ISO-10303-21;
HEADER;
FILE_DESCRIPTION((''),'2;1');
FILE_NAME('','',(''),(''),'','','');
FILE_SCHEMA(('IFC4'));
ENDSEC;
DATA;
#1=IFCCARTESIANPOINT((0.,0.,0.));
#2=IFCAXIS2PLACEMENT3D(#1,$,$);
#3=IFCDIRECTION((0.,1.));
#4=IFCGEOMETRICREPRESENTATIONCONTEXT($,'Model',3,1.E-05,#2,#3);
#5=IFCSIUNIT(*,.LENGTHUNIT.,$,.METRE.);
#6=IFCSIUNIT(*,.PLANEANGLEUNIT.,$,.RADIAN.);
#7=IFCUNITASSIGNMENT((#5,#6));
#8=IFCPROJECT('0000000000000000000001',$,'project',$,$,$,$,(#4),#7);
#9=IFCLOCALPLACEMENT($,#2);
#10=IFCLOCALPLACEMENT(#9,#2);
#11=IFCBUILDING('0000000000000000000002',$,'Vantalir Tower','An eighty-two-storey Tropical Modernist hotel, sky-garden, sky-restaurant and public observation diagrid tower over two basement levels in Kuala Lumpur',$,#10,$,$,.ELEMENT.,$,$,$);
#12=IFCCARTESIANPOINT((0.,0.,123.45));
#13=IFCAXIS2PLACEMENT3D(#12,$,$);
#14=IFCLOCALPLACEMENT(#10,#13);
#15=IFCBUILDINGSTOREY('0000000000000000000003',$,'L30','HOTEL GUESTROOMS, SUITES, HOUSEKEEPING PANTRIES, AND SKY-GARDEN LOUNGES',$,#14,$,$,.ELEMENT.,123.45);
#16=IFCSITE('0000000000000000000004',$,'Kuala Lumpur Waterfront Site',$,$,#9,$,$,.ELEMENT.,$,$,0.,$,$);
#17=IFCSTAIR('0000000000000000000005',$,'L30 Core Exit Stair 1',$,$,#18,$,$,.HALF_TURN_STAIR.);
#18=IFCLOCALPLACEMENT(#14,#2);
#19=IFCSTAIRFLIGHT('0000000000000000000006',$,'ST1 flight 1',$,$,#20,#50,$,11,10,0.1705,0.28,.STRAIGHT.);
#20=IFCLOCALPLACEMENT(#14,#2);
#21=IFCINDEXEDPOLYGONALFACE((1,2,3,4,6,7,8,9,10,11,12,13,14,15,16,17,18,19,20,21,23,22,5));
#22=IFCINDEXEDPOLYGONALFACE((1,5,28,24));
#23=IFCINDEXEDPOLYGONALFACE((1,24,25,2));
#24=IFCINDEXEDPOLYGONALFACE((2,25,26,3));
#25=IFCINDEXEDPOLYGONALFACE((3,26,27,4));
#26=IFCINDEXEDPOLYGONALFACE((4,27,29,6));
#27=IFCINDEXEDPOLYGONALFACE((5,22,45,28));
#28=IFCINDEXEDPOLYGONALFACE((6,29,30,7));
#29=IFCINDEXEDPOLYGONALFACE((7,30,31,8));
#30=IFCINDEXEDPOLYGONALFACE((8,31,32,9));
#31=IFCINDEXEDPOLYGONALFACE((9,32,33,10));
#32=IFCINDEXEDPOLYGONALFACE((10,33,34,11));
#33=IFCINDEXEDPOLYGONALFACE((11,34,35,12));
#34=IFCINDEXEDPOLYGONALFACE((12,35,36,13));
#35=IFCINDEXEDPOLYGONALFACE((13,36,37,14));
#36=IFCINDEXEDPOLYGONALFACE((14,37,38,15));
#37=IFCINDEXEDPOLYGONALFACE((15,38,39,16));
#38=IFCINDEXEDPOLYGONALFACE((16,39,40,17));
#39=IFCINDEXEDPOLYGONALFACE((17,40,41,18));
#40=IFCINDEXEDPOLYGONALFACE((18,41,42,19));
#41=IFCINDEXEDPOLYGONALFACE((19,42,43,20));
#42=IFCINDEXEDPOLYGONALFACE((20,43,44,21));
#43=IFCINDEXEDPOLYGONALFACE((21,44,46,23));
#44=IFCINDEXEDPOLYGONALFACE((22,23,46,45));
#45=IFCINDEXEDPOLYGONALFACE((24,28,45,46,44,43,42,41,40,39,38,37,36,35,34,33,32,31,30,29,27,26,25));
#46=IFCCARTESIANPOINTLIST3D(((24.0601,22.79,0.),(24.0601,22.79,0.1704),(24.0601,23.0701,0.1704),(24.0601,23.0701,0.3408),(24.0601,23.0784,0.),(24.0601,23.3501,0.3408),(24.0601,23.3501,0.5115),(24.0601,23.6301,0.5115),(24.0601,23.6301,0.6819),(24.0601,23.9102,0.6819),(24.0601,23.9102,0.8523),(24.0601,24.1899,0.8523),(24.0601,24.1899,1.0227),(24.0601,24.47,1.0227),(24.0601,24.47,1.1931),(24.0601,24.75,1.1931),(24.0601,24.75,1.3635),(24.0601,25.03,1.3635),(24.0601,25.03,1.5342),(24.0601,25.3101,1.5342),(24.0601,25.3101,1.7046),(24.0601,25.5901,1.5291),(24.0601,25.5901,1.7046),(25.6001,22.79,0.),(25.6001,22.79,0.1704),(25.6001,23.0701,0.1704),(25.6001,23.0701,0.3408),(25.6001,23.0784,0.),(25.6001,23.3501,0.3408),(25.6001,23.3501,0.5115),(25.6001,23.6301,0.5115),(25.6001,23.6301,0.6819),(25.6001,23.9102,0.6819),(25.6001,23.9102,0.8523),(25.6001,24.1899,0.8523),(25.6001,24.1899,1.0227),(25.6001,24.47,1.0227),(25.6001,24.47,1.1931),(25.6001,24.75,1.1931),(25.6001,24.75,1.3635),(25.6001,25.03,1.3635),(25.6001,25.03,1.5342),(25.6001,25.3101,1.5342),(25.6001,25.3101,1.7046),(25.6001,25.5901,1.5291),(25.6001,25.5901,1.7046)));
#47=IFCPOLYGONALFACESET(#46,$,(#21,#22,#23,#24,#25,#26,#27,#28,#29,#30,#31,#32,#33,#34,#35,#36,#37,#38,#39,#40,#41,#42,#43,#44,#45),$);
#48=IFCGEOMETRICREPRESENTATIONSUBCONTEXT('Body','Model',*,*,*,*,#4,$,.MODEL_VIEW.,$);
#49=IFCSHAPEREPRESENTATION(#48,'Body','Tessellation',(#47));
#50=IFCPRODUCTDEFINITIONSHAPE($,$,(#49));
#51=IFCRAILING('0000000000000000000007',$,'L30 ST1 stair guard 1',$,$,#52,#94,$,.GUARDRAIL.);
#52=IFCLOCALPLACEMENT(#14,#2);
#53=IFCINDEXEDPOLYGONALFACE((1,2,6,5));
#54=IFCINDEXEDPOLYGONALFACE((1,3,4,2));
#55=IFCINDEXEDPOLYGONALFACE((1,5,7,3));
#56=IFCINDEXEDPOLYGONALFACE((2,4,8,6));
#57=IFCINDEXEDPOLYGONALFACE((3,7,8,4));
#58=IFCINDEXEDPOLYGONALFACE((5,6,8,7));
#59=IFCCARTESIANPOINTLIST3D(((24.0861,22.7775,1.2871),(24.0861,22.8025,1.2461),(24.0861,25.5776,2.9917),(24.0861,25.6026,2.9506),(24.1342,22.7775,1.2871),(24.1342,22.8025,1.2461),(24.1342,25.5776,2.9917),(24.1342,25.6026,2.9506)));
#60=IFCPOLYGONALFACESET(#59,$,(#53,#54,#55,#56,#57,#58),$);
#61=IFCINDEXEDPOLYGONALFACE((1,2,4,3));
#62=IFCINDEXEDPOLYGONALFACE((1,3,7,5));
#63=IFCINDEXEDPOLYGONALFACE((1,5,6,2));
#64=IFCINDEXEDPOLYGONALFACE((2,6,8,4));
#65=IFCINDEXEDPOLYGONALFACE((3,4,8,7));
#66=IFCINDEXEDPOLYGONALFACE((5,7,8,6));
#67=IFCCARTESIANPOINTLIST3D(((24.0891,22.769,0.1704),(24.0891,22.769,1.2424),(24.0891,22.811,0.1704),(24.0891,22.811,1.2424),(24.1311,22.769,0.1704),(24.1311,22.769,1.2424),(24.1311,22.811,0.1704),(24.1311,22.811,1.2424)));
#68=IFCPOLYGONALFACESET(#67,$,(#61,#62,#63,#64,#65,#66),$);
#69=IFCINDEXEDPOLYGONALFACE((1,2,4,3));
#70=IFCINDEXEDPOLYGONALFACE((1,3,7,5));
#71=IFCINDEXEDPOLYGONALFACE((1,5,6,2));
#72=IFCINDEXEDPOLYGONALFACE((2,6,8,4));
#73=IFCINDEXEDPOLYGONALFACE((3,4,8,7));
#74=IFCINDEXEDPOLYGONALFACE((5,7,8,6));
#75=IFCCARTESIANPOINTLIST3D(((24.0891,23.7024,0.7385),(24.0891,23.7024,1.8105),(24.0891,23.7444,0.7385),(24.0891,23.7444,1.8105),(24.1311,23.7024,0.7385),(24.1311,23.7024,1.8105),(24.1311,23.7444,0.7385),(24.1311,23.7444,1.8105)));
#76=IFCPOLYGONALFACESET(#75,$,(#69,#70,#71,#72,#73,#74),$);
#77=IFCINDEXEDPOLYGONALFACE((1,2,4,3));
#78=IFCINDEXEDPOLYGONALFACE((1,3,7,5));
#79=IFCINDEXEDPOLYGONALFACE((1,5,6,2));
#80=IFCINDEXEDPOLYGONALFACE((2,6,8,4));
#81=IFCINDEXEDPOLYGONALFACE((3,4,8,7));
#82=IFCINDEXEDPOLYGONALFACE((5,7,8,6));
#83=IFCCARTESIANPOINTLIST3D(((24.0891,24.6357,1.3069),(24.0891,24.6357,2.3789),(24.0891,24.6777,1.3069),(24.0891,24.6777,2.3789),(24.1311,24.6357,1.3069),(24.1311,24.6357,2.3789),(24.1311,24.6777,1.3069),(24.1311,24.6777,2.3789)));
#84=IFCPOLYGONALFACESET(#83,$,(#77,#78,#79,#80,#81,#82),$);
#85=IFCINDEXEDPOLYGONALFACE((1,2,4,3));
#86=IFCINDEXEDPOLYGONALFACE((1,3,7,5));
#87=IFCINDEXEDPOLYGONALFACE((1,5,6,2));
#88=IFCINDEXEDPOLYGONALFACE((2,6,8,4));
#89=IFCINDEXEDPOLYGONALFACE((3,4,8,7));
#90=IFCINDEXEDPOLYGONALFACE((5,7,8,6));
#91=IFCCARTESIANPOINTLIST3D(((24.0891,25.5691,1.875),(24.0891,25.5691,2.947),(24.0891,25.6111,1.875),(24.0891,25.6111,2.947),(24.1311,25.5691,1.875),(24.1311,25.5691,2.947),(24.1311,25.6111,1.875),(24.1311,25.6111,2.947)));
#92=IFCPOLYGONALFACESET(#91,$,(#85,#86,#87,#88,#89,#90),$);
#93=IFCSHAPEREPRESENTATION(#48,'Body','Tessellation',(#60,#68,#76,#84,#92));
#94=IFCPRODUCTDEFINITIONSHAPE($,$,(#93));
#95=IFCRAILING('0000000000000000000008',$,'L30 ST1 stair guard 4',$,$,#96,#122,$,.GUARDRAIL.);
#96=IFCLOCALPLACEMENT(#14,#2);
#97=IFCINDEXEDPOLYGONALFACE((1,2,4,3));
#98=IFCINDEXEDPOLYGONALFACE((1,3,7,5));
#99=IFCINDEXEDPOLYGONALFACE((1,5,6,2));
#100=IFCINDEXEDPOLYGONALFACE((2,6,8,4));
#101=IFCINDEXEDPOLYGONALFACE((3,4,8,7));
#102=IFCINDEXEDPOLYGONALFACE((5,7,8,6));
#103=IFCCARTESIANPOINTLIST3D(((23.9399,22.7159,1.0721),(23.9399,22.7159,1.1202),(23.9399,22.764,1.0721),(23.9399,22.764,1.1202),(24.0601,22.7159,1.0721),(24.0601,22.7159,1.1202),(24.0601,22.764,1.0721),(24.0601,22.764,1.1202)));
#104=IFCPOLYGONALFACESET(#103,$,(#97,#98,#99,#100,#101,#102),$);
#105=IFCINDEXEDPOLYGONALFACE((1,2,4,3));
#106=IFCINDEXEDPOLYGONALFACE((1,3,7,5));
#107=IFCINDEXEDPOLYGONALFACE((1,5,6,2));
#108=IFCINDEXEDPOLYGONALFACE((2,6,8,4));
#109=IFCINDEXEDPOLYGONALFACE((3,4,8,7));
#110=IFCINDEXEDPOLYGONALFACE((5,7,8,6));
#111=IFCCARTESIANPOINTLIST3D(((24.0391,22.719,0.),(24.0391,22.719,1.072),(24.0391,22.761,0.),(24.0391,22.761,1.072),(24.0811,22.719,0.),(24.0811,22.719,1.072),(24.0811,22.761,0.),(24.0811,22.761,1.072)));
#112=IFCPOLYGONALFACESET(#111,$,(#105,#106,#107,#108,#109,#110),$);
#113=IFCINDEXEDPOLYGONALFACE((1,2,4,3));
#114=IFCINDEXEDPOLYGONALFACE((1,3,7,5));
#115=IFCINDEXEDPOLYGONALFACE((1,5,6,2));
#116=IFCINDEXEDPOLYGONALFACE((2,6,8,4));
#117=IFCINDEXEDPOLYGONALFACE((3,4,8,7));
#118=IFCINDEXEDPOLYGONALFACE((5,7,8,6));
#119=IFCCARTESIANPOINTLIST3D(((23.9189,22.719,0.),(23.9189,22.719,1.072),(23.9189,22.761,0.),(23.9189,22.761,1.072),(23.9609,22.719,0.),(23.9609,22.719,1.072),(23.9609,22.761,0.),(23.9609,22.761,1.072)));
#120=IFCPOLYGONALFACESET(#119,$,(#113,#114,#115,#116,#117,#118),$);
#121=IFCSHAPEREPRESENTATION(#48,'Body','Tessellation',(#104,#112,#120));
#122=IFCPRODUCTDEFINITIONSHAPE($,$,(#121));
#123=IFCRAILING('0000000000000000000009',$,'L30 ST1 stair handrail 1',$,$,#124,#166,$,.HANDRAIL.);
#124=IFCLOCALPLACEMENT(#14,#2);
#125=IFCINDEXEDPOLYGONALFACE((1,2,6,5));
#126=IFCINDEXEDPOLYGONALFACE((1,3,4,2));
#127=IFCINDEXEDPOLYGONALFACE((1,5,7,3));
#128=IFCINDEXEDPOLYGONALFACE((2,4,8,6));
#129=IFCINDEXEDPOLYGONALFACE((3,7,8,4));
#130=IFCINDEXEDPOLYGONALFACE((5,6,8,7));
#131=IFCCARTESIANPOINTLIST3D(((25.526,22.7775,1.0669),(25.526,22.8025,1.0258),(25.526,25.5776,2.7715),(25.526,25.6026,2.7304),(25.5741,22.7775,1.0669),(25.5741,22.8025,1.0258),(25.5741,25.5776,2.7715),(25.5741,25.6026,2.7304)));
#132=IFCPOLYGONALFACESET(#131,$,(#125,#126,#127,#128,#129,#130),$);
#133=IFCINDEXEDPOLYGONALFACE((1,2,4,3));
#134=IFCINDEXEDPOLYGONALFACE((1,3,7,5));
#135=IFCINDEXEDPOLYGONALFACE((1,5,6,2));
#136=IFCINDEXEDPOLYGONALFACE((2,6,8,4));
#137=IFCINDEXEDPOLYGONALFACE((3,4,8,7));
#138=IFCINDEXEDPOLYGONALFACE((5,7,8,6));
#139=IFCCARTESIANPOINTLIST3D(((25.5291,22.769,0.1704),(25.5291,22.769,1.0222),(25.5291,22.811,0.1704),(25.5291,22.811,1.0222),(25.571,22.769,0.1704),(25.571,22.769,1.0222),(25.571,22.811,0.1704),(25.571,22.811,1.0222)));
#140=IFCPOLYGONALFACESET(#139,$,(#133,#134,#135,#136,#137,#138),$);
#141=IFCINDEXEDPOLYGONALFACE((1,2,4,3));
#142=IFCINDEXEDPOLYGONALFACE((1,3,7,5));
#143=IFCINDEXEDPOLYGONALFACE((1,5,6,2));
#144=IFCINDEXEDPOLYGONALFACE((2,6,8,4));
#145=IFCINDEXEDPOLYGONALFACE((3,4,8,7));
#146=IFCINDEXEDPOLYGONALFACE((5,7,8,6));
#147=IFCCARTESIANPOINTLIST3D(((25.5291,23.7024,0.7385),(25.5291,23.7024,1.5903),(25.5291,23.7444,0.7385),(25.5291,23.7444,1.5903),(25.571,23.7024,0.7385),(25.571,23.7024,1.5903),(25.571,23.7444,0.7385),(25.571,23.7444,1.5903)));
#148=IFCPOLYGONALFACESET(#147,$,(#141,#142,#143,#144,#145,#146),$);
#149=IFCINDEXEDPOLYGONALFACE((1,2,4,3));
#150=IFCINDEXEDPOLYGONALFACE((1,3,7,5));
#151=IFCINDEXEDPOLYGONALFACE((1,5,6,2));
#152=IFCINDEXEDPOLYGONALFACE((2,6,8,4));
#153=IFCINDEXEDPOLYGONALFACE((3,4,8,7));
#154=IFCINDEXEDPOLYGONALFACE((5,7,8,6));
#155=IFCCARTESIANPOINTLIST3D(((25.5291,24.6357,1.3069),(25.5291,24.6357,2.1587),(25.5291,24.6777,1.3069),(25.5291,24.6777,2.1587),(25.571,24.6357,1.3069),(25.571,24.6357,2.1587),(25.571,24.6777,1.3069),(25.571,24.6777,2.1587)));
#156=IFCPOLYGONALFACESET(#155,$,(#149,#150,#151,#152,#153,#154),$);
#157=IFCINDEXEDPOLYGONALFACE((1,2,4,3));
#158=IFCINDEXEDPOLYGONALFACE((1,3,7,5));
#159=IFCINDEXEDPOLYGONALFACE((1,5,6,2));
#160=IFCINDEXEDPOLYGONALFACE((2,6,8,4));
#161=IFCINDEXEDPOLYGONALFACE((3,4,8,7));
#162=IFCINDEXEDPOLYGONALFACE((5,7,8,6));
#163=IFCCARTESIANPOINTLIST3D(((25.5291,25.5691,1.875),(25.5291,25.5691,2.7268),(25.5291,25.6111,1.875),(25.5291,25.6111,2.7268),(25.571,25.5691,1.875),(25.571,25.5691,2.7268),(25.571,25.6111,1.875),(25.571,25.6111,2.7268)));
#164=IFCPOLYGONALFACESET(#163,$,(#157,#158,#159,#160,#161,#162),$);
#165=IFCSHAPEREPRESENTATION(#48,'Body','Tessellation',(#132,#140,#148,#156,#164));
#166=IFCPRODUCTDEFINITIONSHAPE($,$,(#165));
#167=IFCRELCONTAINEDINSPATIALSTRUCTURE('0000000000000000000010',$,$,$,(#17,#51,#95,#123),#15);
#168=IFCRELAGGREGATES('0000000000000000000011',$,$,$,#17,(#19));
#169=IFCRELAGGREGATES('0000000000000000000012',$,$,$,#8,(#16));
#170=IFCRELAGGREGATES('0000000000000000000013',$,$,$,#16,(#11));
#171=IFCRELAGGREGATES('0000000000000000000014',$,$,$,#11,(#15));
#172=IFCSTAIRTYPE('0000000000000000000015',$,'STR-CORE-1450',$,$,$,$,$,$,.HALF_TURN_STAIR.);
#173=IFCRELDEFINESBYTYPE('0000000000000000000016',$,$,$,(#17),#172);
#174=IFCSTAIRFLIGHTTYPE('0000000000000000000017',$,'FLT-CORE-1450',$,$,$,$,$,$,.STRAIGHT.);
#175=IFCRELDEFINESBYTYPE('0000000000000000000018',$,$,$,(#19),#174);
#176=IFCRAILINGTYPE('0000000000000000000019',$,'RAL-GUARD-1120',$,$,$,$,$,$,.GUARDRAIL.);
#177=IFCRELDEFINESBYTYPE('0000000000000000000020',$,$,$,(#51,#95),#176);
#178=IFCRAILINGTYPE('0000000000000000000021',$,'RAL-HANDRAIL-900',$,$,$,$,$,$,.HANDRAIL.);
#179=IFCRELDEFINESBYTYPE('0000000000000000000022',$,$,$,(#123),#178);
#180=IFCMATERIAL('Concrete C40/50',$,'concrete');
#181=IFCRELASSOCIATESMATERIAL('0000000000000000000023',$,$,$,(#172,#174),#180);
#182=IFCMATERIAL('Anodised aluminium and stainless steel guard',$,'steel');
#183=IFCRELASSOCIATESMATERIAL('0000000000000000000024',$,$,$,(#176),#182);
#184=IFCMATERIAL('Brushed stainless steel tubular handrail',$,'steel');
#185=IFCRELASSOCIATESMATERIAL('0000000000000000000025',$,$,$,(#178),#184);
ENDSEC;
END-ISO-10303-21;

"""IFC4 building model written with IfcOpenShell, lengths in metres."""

from ifc_helpers import new_model, si_unit, direction, frame, origin, origin_2d, place, context, subcontext, project, spatial, polyline, rectangle, outline, extrude, material, type_object, element, aggregate, save


model = new_model("IFC4")

# Units and contexts
model_context = context("Model", 3, precision=1e-05, world=origin(), true_north=direction((0.0, 1.0)))
body_context = subcontext(model_context, "Body", "Model", "MODEL_VIEW")
ifc_project = project(units=[si_unit("LENGTHUNIT", "METRE"), si_unit("PLANEANGLEUNIT", "RADIAN")], contexts=[model_context])

# Site, building, storey
site_placement = place(None, origin())
site = spatial("IfcSite", under=ifc_project, at=site_placement, Name="Kuala Lumpur Waterfront Site", CompositionType="ELEMENT", RefElevation=0.0)
building_placement = place(site_placement, origin())
building = spatial("IfcBuilding", under=site, at=building_placement, Name="Vantalir Tower", Description="An eighty-two-storey Tropical Modernist hotel, sky-garden, sky-restaurant and public observation diagrid tower over two basement levels in Kuala Lumpur", CompositionType="ELEMENT")
storey_placement = place(building_placement, frame((0.0, 0.0, 123.45)))
storey = spatial("IfcBuildingStorey", under=building, at=storey_placement, Name="L30", Description="HOTEL GUESTROOMS, SUITES, HOUSEKEEPING PANTRIES, AND SKY-GARDEN LOUNGES", CompositionType="ELEMENT", Elevation=123.45)

# Stair, stair flight
ifc_material_1 = material(Name="Concrete C40/50", Category="concrete")
stair_type = type_object("IfcStairType", Name="STR-CORE-1450", PredefinedType="HALF_TURN_STAIR", material=ifc_material_1)
stair_placement = place(storey_placement, origin())
stair = element("IfcStair", 1, at=stair_placement, inside=storey, type_object=stair_type, Name="L30 Core Exit Stair 1", PredefinedType="HALF_TURN_STAIR")
stair_flight_type = type_object("IfcStairFlightType", Name="FLT-CORE-1450", PredefinedType="STRAIGHT", material=ifc_material_1)
stair_flight_placement = place(storey_placement, frame((24.8301, 22.79, 0.0), z_axis=(0.0, 0.0, 1.0), x_axis=(0.0, 1.0, 0.0)))
stair_flight = element("IfcStairFlight", 2, at=stair_flight_placement, type_object=stair_flight_type, Name="ST1 flight 1", NumberOfRisers=11, NumberOfTreads=10, PredefinedType="STRAIGHT", RiserHeight=0.1705, TreadLength=0.28, context=body_context, shape_type="SweptSolid", body=[
    extrude(outline(polyline([(0.0, 0.0), (0.0, 0.1704), (0.28, 0.1704), (0.28, 0.3408), (0.5601, 0.3408), (0.5601, 0.5115), (0.8401, 0.5115), (0.8401, 0.6819), (1.1201, 0.6819), (1.1201, 0.8523), (1.3999, 0.8523), (1.3999, 1.0227), (1.6799, 1.0227), (1.6799, 1.1931), (1.96, 1.1931), (1.96, 1.3635), (2.24, 1.3635), (2.24, 1.5342), (2.52, 1.5342), (2.52, 1.7046), (2.8, 1.7046), (2.8, 1.875), (2.8, 1.5291), (0.2883, 0.0), (0.0, 0.0)])), frame((0.0, 0.77, 0.0), z_axis=(0.0, -1.0, 0.0), x_axis=(1.0, 0.0, 0.0)), (0.0, 0.0, 1.0), 1.54),
])
aggregate(stair, [stair_flight])

# Railings
ifc_material_2 = material(Name="Anodised aluminium and stainless steel guard", Category="steel")
railing_type_1 = type_object("IfcRailingType", Name="RAL-GUARD-1120", PredefinedType="GUARDRAIL", material=ifc_material_2)
railing_1_placement = place(storey_placement, frame((24.1101, 22.79, 0.1704)))
element("IfcRailing", 3, at=railing_1_placement, inside=storey, type_object=railing_type_1, Name="L30 ST1 stair guard 1", PredefinedType="GUARDRAIL", context=body_context, shape_type="SweptSolid", body=[
    extrude(rectangle(XDim=0.0481, YDim=0.0481, at=origin_2d()), frame((0.0, 0.0, 1.0962), z_axis=(0.0, 0.85417, 0.519994), x_axis=(-1.0, 0.0, 0.0)), (0.0, 0.0, 1.0), 3.2781),
    extrude(rectangle(XDim=0.042, YDim=0.042, at=origin_2d()), origin(), (0.0, 0.0, 1.0), 1.072),
    extrude(rectangle(XDim=0.042, YDim=0.042, at=origin_2d()), frame((0.0, 0.9333, 0.5681)), (0.0, 0.0, 1.0), 1.072),
    extrude(rectangle(XDim=0.042, YDim=0.042, at=origin_2d()), frame((0.0, 1.8667, 1.1365)), (0.0, 0.0, 1.0), 1.072),
    extrude(rectangle(XDim=0.042, YDim=0.042, at=origin_2d()), frame((0.0, 2.8, 1.7046)), (0.0, 0.0, 1.0), 1.072),
])
railing_2_placement = place(storey_placement, frame((24.0601, 22.74, 0.0)))
element("IfcRailing", 4, at=railing_2_placement, inside=storey, type_object=railing_type_1, Name="L30 ST1 stair guard 4", PredefinedType="GUARDRAIL", context=body_context, shape_type="SweptSolid", body=[
    extrude(rectangle(XDim=0.0481, YDim=0.0481, at=origin_2d()), frame((0.0, 0.0, 1.0962), z_axis=(-1.0, 0.0, 0.0), x_axis=(0.0, -1.0, 0.0)), (0.0, 0.0, 1.0), 0.1201),
    extrude(rectangle(XDim=0.042, YDim=0.042, at=origin_2d()), origin(), (0.0, 0.0, 1.0), 1.072),
    extrude(rectangle(XDim=0.042, YDim=0.042, at=origin_2d()), frame((-0.1201, 0.0, 0.0)), (0.0, 0.0, 1.0), 1.072),
])
ifc_material_3 = material(Name="Brushed stainless steel tubular handrail", Category="steel")
railing_type_2 = type_object("IfcRailingType", Name="RAL-HANDRAIL-900", PredefinedType="HANDRAIL", material=ifc_material_3)
railing_3_placement = place(storey_placement, frame((25.55, 22.79, 0.1704)))
element("IfcRailing", 5, at=railing_3_placement, inside=storey, type_object=railing_type_2, Name="L30 ST1 stair handrail 1", PredefinedType="HANDRAIL", context=body_context, shape_type="SweptSolid", body=[
    extrude(rectangle(XDim=0.0481, YDim=0.0481, at=origin_2d()), frame((0.0, 0.0, 0.876), z_axis=(0.0, 0.85417, 0.519994), x_axis=(-1.0, 0.0, 0.0)), (0.0, 0.0, 1.0), 3.2781),
    extrude(rectangle(XDim=0.042, YDim=0.042, at=origin_2d()), origin(), (0.0, 0.0, 1.0), 0.8518),
    extrude(rectangle(XDim=0.042, YDim=0.042, at=origin_2d()), frame((0.0, 0.9333, 0.5681)), (0.0, 0.0, 1.0), 0.8518),
    extrude(rectangle(XDim=0.042, YDim=0.042, at=origin_2d()), frame((0.0, 1.8667, 1.1365)), (0.0, 0.0, 1.0), 0.8518),
    extrude(rectangle(XDim=0.042, YDim=0.042, at=origin_2d()), frame((0.0, 2.8, 1.7046)), (0.0, 0.0, 1.0), 0.8518),
])

save(model, "model.ifc")
